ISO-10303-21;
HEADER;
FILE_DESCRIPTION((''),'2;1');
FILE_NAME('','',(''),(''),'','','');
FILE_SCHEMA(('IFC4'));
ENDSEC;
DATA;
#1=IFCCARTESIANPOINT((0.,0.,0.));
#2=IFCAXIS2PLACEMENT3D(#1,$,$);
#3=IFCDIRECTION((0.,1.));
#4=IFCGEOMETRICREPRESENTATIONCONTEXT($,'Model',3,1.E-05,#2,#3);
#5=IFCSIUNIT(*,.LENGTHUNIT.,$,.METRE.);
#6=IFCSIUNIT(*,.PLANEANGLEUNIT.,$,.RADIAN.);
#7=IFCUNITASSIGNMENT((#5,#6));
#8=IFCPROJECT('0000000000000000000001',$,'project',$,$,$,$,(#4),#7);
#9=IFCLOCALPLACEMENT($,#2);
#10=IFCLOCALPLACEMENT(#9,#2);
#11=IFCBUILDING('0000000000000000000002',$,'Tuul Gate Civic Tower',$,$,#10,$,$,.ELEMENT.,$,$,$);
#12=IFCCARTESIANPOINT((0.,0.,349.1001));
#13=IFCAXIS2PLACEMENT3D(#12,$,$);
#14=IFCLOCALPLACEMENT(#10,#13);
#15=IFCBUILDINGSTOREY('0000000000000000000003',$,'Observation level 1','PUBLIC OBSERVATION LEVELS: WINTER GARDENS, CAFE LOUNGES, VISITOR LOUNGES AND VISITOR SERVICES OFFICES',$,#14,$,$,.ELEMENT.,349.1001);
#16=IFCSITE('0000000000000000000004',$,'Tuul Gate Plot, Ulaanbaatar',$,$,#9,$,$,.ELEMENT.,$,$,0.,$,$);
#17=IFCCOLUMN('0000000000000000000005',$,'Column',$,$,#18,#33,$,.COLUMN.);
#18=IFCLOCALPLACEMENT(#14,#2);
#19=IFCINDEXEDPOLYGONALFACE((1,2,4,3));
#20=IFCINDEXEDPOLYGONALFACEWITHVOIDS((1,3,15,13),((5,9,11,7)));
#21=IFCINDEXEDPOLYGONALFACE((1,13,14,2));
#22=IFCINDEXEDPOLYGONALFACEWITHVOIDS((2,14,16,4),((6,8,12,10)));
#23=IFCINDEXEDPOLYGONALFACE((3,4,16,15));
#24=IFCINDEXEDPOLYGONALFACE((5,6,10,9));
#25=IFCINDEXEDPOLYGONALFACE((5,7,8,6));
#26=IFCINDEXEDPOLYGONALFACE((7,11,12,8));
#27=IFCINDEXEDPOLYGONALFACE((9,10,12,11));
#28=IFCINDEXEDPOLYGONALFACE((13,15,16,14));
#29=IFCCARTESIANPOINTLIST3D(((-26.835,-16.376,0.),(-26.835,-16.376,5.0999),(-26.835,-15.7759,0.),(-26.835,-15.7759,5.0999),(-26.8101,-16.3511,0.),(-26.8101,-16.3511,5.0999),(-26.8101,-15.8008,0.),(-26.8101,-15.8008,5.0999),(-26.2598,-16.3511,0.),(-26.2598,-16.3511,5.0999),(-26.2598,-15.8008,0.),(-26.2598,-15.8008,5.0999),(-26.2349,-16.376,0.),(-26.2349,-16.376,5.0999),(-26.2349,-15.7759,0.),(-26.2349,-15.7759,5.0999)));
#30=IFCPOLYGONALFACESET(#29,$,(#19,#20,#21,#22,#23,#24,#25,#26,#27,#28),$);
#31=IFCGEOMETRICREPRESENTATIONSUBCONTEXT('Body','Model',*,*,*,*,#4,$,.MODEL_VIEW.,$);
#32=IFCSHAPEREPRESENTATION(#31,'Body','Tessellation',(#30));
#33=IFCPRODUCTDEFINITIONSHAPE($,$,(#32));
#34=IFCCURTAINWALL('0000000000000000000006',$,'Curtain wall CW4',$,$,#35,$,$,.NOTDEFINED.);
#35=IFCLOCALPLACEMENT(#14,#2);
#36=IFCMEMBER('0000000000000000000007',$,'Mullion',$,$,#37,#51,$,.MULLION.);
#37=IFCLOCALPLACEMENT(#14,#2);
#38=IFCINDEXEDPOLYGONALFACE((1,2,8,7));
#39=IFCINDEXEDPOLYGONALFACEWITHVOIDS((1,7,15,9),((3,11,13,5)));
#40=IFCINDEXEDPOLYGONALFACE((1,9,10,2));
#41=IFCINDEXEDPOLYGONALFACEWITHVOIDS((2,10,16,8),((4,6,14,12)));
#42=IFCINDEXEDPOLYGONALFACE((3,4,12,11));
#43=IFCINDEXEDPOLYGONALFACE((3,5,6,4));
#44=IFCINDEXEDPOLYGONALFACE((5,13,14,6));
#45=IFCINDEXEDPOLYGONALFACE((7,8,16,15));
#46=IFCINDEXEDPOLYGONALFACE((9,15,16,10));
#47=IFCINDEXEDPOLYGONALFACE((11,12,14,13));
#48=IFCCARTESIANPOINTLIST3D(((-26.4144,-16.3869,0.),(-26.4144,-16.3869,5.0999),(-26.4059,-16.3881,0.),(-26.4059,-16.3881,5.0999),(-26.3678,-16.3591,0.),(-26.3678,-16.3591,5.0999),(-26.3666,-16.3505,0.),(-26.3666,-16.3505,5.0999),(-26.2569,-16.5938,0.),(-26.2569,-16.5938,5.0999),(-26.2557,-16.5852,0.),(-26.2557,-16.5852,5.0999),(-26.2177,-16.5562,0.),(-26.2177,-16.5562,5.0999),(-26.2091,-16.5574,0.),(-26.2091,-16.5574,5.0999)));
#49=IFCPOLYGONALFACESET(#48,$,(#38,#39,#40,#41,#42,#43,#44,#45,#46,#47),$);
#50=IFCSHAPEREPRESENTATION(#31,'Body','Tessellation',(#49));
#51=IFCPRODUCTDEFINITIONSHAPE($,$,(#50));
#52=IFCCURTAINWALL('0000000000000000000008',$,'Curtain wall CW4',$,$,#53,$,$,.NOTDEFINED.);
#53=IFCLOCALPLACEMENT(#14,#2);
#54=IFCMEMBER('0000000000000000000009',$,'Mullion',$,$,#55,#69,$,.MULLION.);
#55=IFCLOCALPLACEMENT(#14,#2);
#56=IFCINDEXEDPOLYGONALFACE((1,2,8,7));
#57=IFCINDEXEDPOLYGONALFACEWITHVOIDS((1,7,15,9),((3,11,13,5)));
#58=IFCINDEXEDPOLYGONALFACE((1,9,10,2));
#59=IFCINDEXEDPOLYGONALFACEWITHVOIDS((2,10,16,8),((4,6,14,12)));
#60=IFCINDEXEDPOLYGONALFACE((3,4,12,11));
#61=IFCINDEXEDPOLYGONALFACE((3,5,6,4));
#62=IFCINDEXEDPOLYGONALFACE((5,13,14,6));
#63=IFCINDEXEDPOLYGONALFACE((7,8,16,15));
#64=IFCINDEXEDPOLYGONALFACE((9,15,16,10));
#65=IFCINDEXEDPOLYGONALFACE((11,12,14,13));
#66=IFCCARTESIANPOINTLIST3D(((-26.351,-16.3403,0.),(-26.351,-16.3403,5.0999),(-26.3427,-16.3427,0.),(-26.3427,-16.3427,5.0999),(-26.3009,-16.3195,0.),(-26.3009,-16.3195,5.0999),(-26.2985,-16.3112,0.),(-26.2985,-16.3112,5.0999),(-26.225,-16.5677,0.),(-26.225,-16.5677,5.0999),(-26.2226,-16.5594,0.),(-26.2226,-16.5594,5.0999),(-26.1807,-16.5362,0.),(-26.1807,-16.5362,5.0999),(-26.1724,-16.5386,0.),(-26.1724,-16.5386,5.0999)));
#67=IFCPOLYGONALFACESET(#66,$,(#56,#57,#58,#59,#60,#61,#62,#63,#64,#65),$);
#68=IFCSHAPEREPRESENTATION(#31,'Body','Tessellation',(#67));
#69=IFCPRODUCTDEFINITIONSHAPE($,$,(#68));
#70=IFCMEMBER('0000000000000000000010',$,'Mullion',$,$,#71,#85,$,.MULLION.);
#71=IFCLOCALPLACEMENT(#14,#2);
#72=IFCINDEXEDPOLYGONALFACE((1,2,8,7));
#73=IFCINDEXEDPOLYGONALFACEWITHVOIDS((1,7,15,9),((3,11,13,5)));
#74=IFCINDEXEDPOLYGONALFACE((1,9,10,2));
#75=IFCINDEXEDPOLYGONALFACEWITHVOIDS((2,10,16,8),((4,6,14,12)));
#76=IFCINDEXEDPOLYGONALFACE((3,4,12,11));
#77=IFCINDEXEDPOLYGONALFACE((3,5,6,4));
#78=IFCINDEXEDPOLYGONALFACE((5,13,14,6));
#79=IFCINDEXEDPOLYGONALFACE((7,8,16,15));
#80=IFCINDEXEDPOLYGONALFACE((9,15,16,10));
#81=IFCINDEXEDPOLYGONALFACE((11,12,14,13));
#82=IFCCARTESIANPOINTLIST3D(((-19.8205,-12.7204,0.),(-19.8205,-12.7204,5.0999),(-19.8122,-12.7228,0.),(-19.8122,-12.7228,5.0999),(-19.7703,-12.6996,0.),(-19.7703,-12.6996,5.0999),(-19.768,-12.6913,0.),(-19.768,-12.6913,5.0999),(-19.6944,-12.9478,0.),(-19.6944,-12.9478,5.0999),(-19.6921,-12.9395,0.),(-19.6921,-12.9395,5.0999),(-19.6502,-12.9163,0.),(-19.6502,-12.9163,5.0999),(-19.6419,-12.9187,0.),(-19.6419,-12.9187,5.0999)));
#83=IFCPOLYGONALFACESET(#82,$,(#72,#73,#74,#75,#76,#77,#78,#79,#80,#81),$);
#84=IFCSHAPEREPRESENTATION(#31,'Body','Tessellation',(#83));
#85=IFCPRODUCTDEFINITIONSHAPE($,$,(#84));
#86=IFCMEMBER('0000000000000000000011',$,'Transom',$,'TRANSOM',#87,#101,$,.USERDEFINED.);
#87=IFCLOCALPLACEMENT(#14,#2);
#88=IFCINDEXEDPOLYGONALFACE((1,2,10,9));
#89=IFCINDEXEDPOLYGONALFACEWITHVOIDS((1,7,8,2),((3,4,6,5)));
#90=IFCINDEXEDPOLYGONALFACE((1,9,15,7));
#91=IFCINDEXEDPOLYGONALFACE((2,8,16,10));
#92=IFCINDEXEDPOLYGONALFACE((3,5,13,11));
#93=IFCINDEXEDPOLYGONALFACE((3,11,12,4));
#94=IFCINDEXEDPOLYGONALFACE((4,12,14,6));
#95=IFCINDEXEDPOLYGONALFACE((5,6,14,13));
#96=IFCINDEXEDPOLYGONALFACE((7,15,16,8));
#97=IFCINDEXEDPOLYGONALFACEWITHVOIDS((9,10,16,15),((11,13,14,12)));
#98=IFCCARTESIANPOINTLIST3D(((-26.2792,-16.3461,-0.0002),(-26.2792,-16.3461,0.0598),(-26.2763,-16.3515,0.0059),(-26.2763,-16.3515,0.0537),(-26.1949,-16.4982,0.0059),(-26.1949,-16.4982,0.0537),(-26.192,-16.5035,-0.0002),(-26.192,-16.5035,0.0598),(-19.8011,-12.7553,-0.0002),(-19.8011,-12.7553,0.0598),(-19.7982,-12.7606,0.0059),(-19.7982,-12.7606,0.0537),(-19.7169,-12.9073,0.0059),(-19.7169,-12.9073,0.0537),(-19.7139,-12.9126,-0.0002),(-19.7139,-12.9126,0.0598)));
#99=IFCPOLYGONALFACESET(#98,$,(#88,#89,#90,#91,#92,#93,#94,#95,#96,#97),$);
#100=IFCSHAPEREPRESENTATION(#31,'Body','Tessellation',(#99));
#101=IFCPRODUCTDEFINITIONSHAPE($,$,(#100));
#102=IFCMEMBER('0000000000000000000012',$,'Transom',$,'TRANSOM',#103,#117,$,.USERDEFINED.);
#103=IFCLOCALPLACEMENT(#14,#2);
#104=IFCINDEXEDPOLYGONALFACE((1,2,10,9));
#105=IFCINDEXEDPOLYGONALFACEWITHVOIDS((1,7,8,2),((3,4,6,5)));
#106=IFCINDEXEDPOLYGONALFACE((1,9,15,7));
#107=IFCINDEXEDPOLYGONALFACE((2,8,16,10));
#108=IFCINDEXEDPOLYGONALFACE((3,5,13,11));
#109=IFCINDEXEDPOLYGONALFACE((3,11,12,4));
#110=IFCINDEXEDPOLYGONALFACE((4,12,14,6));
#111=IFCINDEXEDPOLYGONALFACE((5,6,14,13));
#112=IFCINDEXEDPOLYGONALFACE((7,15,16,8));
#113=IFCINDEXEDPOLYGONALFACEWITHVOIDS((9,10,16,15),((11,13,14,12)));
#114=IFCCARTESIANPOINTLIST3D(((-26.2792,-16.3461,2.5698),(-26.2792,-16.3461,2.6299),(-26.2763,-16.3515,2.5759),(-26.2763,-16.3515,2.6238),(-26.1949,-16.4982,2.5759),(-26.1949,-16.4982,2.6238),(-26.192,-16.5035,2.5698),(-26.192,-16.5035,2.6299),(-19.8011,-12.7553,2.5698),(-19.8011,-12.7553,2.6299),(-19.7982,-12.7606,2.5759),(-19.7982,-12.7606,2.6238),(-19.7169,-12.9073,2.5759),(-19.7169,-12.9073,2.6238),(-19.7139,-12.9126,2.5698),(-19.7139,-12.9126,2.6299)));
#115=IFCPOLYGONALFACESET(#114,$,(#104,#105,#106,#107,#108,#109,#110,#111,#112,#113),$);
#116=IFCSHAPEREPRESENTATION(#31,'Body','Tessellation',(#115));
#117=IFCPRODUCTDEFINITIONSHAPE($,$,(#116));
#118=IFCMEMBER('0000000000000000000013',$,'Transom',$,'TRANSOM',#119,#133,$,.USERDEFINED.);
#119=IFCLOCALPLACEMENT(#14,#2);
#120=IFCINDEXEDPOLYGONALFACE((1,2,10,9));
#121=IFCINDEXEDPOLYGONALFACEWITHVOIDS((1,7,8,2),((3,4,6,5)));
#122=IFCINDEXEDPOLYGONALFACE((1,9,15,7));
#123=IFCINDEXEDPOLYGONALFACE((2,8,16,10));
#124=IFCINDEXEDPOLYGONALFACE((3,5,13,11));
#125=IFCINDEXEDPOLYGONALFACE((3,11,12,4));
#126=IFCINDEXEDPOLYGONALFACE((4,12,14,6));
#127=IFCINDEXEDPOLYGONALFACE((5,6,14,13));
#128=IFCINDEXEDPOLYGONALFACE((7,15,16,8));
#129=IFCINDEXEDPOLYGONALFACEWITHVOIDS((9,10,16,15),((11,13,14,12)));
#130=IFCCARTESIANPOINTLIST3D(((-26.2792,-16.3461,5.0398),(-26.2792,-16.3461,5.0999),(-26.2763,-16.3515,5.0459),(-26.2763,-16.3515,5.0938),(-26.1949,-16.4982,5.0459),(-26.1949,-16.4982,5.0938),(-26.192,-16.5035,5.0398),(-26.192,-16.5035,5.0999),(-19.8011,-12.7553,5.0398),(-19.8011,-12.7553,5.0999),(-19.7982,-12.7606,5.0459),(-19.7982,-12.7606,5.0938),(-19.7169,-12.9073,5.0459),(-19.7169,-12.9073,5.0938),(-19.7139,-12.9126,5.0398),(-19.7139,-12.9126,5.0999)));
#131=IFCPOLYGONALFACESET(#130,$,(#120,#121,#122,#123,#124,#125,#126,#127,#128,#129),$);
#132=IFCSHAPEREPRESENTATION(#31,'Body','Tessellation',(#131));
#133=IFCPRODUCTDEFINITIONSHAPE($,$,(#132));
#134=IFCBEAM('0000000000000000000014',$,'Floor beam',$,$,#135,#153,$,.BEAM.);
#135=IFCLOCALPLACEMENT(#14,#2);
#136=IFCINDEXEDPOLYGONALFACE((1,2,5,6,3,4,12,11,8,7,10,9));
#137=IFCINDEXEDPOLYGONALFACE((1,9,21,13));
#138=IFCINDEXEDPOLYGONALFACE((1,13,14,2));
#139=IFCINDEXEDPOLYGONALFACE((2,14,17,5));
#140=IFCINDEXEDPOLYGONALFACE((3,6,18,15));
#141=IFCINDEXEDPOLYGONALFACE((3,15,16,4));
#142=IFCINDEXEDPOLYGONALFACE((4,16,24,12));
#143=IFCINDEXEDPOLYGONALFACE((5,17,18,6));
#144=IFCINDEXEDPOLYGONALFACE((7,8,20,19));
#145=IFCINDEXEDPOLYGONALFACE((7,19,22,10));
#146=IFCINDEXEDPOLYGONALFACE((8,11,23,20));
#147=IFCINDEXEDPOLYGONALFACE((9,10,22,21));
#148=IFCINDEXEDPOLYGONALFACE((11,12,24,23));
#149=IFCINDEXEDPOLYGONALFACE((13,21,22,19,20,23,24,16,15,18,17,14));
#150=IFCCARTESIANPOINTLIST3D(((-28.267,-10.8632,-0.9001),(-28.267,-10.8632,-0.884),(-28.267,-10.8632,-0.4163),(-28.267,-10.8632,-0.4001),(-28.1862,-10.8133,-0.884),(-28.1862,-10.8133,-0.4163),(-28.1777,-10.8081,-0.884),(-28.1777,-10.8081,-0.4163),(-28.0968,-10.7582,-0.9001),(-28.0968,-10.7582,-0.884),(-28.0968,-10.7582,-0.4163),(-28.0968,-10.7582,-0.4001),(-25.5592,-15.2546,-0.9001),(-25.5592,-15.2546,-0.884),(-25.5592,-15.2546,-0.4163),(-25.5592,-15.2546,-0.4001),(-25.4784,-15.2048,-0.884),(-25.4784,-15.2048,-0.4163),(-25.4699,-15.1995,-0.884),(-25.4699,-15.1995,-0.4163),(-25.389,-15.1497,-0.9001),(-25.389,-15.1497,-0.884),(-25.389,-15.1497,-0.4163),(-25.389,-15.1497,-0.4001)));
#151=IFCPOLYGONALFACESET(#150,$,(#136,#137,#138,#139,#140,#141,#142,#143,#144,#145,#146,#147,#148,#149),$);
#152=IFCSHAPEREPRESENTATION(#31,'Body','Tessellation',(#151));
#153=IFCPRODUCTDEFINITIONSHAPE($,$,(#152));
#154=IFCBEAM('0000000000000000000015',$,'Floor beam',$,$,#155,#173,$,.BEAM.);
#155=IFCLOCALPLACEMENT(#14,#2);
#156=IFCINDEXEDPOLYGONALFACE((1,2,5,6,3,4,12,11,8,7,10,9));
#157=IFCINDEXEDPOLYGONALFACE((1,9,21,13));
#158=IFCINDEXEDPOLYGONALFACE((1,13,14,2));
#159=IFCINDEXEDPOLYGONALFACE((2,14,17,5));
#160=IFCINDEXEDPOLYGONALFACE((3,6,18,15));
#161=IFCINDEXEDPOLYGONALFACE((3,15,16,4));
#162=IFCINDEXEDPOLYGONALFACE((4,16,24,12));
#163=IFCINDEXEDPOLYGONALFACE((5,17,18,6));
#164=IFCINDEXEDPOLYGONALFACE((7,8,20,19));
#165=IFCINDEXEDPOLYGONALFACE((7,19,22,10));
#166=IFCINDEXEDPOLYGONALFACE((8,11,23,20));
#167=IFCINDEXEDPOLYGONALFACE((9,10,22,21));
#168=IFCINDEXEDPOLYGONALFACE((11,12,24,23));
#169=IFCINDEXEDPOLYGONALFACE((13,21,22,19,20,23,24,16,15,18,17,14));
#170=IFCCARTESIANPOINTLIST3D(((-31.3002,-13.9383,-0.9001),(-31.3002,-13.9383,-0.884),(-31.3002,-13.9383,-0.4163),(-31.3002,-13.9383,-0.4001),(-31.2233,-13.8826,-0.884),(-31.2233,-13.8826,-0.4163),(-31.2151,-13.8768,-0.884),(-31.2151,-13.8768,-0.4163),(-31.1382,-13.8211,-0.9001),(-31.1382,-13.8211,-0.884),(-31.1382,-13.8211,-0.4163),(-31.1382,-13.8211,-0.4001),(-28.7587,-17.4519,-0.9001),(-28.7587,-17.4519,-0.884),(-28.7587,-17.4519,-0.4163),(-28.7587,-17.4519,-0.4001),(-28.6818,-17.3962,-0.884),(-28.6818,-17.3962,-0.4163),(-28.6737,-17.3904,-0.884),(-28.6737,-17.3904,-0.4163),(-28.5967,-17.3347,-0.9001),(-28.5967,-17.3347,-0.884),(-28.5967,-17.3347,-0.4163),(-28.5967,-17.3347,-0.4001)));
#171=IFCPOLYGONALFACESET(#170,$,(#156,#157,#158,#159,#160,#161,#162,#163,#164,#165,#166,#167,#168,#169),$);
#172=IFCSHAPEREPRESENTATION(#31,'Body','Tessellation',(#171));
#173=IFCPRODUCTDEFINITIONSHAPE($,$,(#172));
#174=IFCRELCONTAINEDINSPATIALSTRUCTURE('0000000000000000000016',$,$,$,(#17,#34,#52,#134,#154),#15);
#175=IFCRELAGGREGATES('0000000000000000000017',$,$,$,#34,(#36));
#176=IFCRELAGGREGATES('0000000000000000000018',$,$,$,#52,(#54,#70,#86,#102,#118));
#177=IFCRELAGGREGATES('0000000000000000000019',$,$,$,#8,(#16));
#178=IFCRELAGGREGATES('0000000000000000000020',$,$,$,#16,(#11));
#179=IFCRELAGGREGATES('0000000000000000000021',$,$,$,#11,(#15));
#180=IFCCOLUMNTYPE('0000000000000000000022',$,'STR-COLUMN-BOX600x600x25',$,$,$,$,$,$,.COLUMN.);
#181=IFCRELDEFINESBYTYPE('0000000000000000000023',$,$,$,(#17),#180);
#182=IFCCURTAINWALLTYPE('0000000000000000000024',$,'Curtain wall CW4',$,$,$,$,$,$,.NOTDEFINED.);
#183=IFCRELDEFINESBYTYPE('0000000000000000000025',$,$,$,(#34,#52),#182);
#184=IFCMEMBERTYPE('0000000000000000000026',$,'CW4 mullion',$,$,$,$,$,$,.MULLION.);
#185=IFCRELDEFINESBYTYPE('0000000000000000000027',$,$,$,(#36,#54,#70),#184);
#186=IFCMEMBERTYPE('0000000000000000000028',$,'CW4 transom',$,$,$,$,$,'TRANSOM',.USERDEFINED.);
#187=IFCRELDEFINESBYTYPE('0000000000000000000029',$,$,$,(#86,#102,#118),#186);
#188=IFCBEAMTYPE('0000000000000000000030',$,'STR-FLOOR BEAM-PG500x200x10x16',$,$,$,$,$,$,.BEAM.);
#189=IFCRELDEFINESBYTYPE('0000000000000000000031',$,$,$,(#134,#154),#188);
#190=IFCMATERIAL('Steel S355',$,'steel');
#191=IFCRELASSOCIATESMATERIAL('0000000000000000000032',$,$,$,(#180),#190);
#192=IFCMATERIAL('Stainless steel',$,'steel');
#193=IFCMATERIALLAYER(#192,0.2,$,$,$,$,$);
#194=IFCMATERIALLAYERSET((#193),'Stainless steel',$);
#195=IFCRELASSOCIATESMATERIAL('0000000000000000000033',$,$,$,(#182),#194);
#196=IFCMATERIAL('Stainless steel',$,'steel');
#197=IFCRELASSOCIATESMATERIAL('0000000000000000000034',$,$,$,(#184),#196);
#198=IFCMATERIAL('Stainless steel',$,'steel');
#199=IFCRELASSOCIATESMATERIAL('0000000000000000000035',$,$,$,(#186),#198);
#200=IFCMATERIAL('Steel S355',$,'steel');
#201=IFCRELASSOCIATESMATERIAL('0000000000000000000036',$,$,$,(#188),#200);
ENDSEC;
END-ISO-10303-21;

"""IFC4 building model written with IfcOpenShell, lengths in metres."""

from ifc_helpers import new_model, si_unit, direction, frame, origin, origin_2d, place, context, subcontext, project, spatial, hollow_rectangle, i_section, extrude, material, layer, layer_set, material_profile, profile_set, type_object, element, aggregate, save


model = new_model("IFC4")

# Units and contexts
model_context = context("Model", 3, precision=1e-05, world=origin(), true_north=direction((0.0, 1.0)))
body_context = subcontext(model_context, "Body", "Model", "MODEL_VIEW")
ifc_project = project(units=[si_unit("LENGTHUNIT", "METRE"), si_unit("PLANEANGLEUNIT", "RADIAN")], contexts=[model_context])

# Site, building, storey
site_placement = place(None, origin())
site = spatial("IfcSite", under=ifc_project, at=site_placement, Name="Tuul Gate Plot, Ulaanbaatar", CompositionType="ELEMENT", RefElevation=0.0)
building_placement = place(site_placement, origin())
building = spatial("IfcBuilding", under=site, at=building_placement, Name="Tuul Gate Civic Tower", CompositionType="ELEMENT")
storey_placement = place(building_placement, frame((0.0, 0.0, 349.1001)))
storey = spatial("IfcBuildingStorey", under=building, at=storey_placement, Name="Observation level 1", Description="PUBLIC OBSERVATION LEVELS: WINTER GARDENS, CAFE LOUNGES, VISITOR LOUNGES AND VISITOR SERVICES OFFICES", CompositionType="ELEMENT", Elevation=349.1001)

# Column
ifc_material_1 = material(Name="Steel S355", Category="steel")
ifc_material_profile_1 = material_profile(ifc_material_1, hollow_rectangle(XDim=0.6001, YDim=0.6001, WallThickness=0.0249, at=origin_2d()), Name="BOX600x600x25")
ifc_profile_set_1 = profile_set([ifc_material_profile_1], Name="Steel S355")
column_type = type_object("IfcColumnType", Name="STR-COLUMN-BOX600x600x25", PredefinedType="COLUMN", material=ifc_profile_set_1)
column_placement = place(storey_placement, frame((-26.5349, -16.0759, 0.0), z_axis=(0.0, 0.0, 1.0), x_axis=(1.0, 0.0, 0.0)))
element("IfcColumn", 1, at=column_placement, inside=storey, type_object=column_type, Name="Column", PredefinedType="COLUMN", context=body_context, shape_type="SweptSolid", body=[
    extrude(hollow_rectangle(XDim=0.6001, YDim=0.6001, WallThickness=0.0249, at=origin_2d()), origin(), (0.0, 0.0, 1.0), 5.0999),
])

# Curtain wall, member
ifc_material_2 = material(Name="Stainless steel", Category="steel")
ifc_layer_1 = layer(ifc_material_2, 0.2)
ifc_layer_set_1 = layer_set([ifc_layer_1], Name="Stainless steel")
curtain_wall_type = type_object("IfcCurtainWallType", Name="Curtain wall CW4", PredefinedType="NOTDEFINED", material=ifc_layer_set_1)
curtain_wall_1_placement = place(storey_placement, origin())
curtain_wall_1 = element("IfcCurtainWall", 2, at=curtain_wall_1_placement, inside=storey, type_object=curtain_wall_type, Name="Curtain wall CW4", PredefinedType="NOTDEFINED")
ifc_material_3 = material(Name="Stainless steel", Category="steel")
ifc_material_profile_2 = material_profile(ifc_material_3, hollow_rectangle(XDim=0.26, YDim=0.0601, WallThickness=0.0061, at=origin_2d()), Name="CW4 mullion")
ifc_profile_set_2 = profile_set([ifc_material_profile_2], Name="Stainless steel")
member_type_1 = type_object("IfcMemberType", Name="CW4 mullion", PredefinedType="MULLION", material=ifc_profile_set_2)
member_1_placement = place(storey_placement, frame((-26.3118, -16.4722, 0.0), z_axis=(0.0, 0.0, 1.0), x_axis=(-0.605851, 0.795578, 0.0)))
member_1 = element("IfcMember", 3, at=member_1_placement, type_object=member_type_1, Name="Mullion", PredefinedType="MULLION", context=body_context, shape_type="SweptSolid", body=[
    extrude(hollow_rectangle(XDim=0.26, YDim=0.0601, WallThickness=0.0061, at=origin_2d()), origin(), (0.0, 0.0, 1.0), 5.0999),
])

# Curtain wall, members
curtain_wall_2_placement = place(storey_placement, origin())
curtain_wall_2 = element("IfcCurtainWall", 4, at=curtain_wall_2_placement, inside=storey, type_object=curtain_wall_type, Name="Curtain wall CW4", PredefinedType="NOTDEFINED")
member_2_placement = place(storey_placement, frame((-26.2617, -16.4395, 0.0), z_axis=(0.0, 0.0, 1.0), x_axis=(-0.484808, 0.874621, 0.0)))
member_2 = element("IfcMember", 5, at=member_2_placement, type_object=member_type_1, Name="Mullion", PredefinedType="MULLION", context=body_context, shape_type="SweptSolid", body=[
    extrude(hollow_rectangle(XDim=0.26, YDim=0.0601, WallThickness=0.0061, at=origin_2d()), origin(), (0.0, 0.0, 1.0), 5.0999),
])
member_3_placement = place(storey_placement, frame((-19.7312, -12.8196, 0.0), z_axis=(0.0, 0.0, 1.0), x_axis=(-0.484808, 0.874621, 0.0)))
member_3 = element("IfcMember", 6, at=member_3_placement, type_object=member_type_1, Name="Mullion", PredefinedType="MULLION", context=body_context, shape_type="SweptSolid", body=[
    extrude(hollow_rectangle(XDim=0.26, YDim=0.0601, WallThickness=0.0061, at=origin_2d()), origin(), (0.0, 0.0, 1.0), 5.0999),
])
ifc_material_4 = material(Name="Stainless steel", Category="steel")
ifc_material_profile_3 = material_profile(ifc_material_4, hollow_rectangle(XDim=0.1799, YDim=0.0601, WallThickness=0.0061, at=origin_2d()), Name="CW4 transom")
ifc_profile_set_3 = profile_set([ifc_material_profile_3], Name="Stainless steel")
member_type_2 = type_object("IfcMemberType", Name="CW4 transom", ElementType="TRANSOM", PredefinedType="USERDEFINED", material=ifc_profile_set_3)
member_4_placement = place(storey_placement, frame((-26.2356, -16.4248, 0.0298), z_axis=(0.87462, 0.484809, 0.0), x_axis=(-0.484809, 0.87462, 0.0)))
member_4 = element("IfcMember", 7, at=member_4_placement, type_object=member_type_2, Name="Transom", ObjectType="TRANSOM", PredefinedType="USERDEFINED", context=body_context, shape_type="SweptSolid", body=[
    extrude(hollow_rectangle(XDim=0.1799, YDim=0.0601, WallThickness=0.0061, at=origin_2d()), origin(), (0.0, 0.0, 1.0), 7.4067),
])
member_5_placement = place(storey_placement, frame((-26.2356, -16.4248, 2.5999), z_axis=(0.87462, 0.484809, 0.0), x_axis=(-0.484809, 0.87462, 0.0)))
member_5 = element("IfcMember", 8, at=member_5_placement, type_object=member_type_2, Name="Transom", ObjectType="TRANSOM", PredefinedType="USERDEFINED", context=body_context, shape_type="SweptSolid", body=[
    extrude(hollow_rectangle(XDim=0.1799, YDim=0.0601, WallThickness=0.0061, at=origin_2d()), origin(), (0.0, 0.0, 1.0), 7.4067),
])
member_6_placement = place(storey_placement, frame((-26.2356, -16.4248, 5.0698), z_axis=(0.87462, 0.484809, 0.0), x_axis=(-0.484809, 0.87462, 0.0)))
member_6 = element("IfcMember", 9, at=member_6_placement, type_object=member_type_2, Name="Transom", ObjectType="TRANSOM", PredefinedType="USERDEFINED", context=body_context, shape_type="SweptSolid", body=[
    extrude(hollow_rectangle(XDim=0.1799, YDim=0.0601, WallThickness=0.0061, at=origin_2d()), origin(), (0.0, 0.0, 1.0), 7.4067),
])

# Beams
ifc_material_5 = material(Name="Steel S355", Category="steel")
ifc_material_profile_4 = material_profile(ifc_material_5, i_section(OverallWidth=0.2, OverallDepth=0.5, WebThickness=0.01, FlangeThickness=0.0161, at=origin_2d()), Name="PG500x200x10x16")
ifc_profile_set_4 = profile_set([ifc_material_profile_4], Name="Steel S355")
beam_type_1 = type_object("IfcBeamType", Name="STR-FLOOR BEAM-PG500x200x10x16", PredefinedType="BEAM", material=ifc_profile_set_4)
beam_1_placement = place(storey_placement, frame((-25.4741, -15.2021, -0.6501), z_axis=(-0.524855, 0.851192, 0.0), x_axis=(-0.851192, -0.524855, 0.0)))
element("IfcBeam", 10, at=beam_1_placement, inside=storey, type_object=beam_type_1, Name="Floor beam", PredefinedType="BEAM", context=body_context, shape_type="SweptSolid", body=[
    extrude(i_section(OverallWidth=0.2, OverallDepth=0.5, WebThickness=0.01, FlangeThickness=0.0161, at=origin_2d()), origin(), (0.0, 0.0, 1.0), 5.1592),
])
beam_2_placement = place(storey_placement, frame((-28.6777, -17.3933, -0.6501), z_axis=(-0.586074, 0.810257, 0.0), x_axis=(-0.810257, -0.586074, 0.0)))
element("IfcBeam", 11, at=beam_2_placement, inside=storey, type_object=beam_type_1, Name="Floor beam", PredefinedType="BEAM", context=body_context, shape_type="SweptSolid", body=[
    extrude(i_section(OverallWidth=0.2, OverallDepth=0.5, WebThickness=0.01, FlangeThickness=0.0161, at=origin_2d()), origin(), (0.0, 0.0, 1.0), 4.3364),
])

aggregate(curtain_wall_1, [member_1])
aggregate(curtain_wall_2, [member_2, member_3, member_4, member_5, member_6])

save(model, "model.ifc")
